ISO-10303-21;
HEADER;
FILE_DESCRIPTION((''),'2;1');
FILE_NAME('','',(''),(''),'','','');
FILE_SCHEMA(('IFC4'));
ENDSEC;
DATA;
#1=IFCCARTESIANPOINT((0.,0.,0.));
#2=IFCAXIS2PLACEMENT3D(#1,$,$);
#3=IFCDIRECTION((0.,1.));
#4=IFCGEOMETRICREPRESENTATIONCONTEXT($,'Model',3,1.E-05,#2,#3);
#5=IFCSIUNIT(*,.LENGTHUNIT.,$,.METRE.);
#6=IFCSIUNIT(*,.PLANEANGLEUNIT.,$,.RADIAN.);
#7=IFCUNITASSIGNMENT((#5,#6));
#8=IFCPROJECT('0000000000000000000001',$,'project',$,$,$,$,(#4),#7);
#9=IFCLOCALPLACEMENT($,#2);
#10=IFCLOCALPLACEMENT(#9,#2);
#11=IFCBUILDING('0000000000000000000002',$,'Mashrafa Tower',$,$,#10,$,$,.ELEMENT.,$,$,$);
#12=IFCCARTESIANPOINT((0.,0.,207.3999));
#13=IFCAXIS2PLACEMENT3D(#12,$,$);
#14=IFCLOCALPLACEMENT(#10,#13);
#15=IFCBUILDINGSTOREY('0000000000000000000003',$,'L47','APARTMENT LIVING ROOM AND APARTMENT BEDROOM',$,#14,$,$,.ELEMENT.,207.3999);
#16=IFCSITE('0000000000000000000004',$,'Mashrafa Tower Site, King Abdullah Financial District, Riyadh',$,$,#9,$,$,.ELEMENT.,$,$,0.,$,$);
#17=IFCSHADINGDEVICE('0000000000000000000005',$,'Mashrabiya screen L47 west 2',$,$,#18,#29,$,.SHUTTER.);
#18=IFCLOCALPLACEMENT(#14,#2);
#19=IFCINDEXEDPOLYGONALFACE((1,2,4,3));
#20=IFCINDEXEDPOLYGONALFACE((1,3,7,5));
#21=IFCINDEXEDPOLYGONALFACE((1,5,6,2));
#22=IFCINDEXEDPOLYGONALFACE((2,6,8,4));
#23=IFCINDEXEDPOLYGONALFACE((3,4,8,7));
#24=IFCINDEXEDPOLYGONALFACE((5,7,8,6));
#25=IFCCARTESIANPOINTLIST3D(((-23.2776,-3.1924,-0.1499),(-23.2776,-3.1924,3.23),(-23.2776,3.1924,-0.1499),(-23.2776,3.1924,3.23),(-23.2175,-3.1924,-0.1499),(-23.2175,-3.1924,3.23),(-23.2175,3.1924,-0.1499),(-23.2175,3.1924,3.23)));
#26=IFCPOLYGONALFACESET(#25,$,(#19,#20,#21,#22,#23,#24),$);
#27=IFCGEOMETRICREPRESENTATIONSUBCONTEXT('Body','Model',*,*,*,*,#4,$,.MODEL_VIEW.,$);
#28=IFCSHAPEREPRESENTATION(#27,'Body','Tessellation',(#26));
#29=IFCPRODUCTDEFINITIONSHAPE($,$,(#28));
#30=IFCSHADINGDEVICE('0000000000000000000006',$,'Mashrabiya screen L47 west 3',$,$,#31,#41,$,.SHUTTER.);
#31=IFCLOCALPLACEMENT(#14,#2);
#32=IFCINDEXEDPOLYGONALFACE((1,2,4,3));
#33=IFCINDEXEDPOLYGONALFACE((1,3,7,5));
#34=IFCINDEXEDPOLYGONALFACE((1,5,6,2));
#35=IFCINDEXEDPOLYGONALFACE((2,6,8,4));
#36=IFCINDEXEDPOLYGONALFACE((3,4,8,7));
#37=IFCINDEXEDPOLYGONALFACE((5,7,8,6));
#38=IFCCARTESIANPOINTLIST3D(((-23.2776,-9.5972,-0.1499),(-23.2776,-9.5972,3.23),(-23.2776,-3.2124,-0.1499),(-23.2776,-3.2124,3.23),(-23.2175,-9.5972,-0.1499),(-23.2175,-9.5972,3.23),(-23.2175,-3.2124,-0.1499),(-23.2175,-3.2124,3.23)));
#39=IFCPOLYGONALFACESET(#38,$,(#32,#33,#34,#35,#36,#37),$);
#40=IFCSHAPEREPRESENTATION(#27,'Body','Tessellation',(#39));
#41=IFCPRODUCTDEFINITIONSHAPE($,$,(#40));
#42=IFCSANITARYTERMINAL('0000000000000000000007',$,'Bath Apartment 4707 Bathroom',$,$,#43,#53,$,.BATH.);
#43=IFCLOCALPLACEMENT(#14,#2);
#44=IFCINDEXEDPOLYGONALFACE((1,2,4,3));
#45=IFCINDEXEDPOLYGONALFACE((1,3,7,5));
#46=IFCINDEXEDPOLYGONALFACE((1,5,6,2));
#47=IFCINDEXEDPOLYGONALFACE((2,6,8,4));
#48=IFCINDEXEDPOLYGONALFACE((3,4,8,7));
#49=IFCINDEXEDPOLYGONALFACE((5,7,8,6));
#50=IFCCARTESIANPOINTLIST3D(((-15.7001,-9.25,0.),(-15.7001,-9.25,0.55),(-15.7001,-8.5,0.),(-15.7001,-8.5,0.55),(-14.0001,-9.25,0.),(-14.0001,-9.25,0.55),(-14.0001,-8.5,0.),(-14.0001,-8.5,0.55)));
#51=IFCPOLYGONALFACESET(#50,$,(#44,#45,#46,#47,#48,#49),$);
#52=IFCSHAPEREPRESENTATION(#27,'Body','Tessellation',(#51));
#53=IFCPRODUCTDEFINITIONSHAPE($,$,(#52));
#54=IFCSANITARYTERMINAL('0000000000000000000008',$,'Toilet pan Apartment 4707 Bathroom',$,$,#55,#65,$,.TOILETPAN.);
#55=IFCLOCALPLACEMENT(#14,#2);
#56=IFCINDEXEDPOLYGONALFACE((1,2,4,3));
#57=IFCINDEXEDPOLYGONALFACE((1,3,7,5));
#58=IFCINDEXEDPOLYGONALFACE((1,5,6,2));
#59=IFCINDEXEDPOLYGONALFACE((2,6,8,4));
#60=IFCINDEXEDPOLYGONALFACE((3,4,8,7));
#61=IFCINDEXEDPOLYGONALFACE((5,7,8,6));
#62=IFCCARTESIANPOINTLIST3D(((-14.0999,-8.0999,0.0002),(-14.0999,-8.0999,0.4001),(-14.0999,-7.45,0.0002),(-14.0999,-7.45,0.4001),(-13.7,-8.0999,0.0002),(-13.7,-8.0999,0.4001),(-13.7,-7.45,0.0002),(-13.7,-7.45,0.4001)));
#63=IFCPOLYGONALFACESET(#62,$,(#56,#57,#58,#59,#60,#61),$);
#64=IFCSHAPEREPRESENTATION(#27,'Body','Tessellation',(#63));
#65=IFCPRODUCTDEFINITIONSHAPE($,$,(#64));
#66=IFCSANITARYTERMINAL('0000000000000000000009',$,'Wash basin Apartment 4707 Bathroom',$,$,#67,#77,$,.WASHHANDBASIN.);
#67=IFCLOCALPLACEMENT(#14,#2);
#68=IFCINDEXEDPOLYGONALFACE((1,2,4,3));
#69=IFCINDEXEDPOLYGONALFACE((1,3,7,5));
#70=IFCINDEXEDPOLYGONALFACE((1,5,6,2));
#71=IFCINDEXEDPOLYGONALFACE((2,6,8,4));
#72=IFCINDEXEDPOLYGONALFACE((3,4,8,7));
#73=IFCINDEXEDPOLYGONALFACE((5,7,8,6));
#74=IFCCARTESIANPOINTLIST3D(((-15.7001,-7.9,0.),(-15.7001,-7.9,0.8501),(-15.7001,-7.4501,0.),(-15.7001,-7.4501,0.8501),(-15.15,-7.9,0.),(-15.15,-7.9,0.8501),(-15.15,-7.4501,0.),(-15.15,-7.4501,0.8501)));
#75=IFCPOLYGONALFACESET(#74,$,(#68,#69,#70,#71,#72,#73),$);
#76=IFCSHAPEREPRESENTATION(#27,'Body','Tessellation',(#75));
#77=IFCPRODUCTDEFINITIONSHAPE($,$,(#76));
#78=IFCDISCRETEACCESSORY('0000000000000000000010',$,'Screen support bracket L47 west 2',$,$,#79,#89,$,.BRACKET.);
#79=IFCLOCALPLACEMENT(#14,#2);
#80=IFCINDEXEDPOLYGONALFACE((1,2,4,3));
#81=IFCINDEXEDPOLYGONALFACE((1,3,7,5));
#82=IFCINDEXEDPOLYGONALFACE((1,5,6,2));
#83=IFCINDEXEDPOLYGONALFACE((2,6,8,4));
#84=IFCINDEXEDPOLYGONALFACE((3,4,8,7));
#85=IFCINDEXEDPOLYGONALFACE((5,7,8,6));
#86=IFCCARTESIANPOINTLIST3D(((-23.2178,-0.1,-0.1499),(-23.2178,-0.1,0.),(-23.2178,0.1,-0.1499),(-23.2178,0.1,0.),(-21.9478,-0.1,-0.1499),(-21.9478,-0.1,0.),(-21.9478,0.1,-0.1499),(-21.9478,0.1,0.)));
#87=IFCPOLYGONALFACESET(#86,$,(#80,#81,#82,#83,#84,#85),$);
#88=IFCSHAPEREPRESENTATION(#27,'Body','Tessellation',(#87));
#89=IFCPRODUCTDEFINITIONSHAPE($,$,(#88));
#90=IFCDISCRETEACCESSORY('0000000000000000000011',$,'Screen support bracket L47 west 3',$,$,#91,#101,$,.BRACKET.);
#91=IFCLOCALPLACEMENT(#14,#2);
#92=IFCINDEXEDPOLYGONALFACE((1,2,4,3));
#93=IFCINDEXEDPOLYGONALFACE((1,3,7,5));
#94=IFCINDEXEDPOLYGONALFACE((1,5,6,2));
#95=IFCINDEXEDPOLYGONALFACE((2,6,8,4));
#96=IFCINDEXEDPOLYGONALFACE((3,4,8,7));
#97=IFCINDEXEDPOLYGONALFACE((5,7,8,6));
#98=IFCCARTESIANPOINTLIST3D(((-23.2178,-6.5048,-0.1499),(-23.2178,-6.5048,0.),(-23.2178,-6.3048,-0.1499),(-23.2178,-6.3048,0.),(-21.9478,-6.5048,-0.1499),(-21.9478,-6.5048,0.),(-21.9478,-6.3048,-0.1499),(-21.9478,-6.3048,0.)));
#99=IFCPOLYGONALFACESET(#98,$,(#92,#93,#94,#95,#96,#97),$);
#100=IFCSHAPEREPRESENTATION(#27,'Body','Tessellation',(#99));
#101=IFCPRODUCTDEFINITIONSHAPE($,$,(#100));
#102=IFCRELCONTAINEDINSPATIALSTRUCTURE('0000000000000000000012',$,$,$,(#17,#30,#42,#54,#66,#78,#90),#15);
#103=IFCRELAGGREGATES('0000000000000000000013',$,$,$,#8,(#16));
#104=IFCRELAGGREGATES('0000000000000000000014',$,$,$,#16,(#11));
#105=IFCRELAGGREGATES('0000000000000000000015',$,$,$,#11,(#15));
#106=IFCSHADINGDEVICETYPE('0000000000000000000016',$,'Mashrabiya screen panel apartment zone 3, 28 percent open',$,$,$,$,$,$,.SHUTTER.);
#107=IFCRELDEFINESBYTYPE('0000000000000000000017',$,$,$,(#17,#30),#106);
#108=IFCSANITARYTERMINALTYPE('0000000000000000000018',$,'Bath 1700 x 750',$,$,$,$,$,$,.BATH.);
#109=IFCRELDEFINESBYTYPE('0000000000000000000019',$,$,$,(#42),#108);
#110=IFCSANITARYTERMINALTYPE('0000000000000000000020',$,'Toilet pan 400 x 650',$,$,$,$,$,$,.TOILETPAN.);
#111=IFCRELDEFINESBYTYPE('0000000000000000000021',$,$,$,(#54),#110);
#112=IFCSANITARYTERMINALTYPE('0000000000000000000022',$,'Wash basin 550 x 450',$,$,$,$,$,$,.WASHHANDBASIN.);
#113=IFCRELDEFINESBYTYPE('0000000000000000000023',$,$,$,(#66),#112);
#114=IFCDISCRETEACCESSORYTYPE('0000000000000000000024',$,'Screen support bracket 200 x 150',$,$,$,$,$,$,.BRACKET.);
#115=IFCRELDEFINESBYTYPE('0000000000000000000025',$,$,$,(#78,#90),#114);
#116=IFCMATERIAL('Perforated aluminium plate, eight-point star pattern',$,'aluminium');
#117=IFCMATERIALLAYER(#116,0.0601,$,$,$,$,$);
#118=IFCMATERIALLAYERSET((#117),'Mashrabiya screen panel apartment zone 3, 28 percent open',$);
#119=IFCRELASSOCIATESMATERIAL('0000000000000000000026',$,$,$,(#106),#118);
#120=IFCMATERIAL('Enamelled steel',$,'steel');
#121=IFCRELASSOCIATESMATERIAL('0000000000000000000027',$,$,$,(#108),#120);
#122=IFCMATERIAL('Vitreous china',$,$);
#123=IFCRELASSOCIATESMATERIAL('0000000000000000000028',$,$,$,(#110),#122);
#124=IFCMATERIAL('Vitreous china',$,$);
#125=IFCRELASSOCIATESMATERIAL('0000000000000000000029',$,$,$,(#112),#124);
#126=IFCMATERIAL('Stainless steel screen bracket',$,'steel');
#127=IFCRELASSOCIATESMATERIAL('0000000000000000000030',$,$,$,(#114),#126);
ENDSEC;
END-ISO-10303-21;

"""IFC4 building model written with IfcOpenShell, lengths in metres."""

from ifc_helpers import new_model, si_unit, direction, frame, origin, origin_2d, place, context, subcontext, project, spatial, rectangle, extrude, source, transform, mapped, material, layer, layer_set, type_object, type_shapes, element, save


model = new_model("IFC4")

# Units and contexts
model_context = context("Model", 3, precision=1e-05, world=origin(), true_north=direction((0.0, 1.0)))
body_context = subcontext(model_context, "Body", "Model", "MODEL_VIEW")
ifc_project = project(units=[si_unit("LENGTHUNIT", "METRE"), si_unit("PLANEANGLEUNIT", "RADIAN")], contexts=[model_context])

# Site, building, storey
site_placement = place(None, origin())
site = spatial("IfcSite", under=ifc_project, at=site_placement, Name="Mashrafa Tower Site, King Abdullah Financial District, Riyadh", CompositionType="ELEMENT", RefElevation=0.0)
building_placement = place(site_placement, origin())
building = spatial("IfcBuilding", under=site, at=building_placement, Name="Mashrafa Tower", CompositionType="ELEMENT")
storey_placement = place(building_placement, frame((0.0, 0.0, 207.3999)))
storey = spatial("IfcBuildingStorey", under=building, at=storey_placement, Name="L47", Description="APARTMENT LIVING ROOM AND APARTMENT BEDROOM", CompositionType="ELEMENT", Elevation=207.3999)

# Shading devices
ifc_material_1 = material(Name="Perforated aluminium plate, eight-point star pattern", Category="aluminium")
ifc_layer_1 = layer(ifc_material_1, 0.0601)
ifc_layer_set_1 = layer_set([ifc_layer_1], Name="Mashrabiya screen panel apartment zone 3, 28 percent open")
shading_device_type = type_object("IfcShadingDeviceType", Name="Mashrabiya screen panel apartment zone 3, 28 percent open", PredefinedType="SHUTTER", material=ifc_layer_set_1)
shared_shape_1 = source(origin(), body_context, "Body", "SweptSolid", [
    extrude(rectangle(XDim=6.3848, YDim=0.0601, at=origin_2d()), origin(), (0.0, 0.0, 1.0), 3.3799),
])
type_shapes(shading_device_type, [shared_shape_1])
for number, where, z_axis, x_axis, name in (
    (1, (-23.2476, 0.0, -0.1499), (0.0, 0.0, 1.0), (0.0, -1.0, 0.0), "Mashrabiya screen L47 west 2"),
    (2, (-23.2476, -6.4048, -0.1499), (0.0, 0.0, 1.0), (0.0, -1.0, 0.0), "Mashrabiya screen L47 west 3"),
):
    element("IfcShadingDevice", number, at=place(storey_placement, frame(where, z_axis=z_axis, x_axis=x_axis)), inside=storey, type_object=shading_device_type, Name=name, PredefinedType="SHUTTER", context=body_context, shape_type="MappedRepresentation", body=[
        mapped(shared_shape_1, transform((0.0, 0.0, 0.0))),
    ])

# Sanitary terminals
ifc_material_2 = material(Name="Enamelled steel", Category="steel")
sanitary_terminal_type_1 = type_object("IfcSanitaryTerminalType", Name="Bath 1700 x 750", PredefinedType="BATH", material=ifc_material_2)
sanitary_terminal_1_placement = place(storey_placement, frame((-14.8501, -8.875, 0.0), z_axis=(0.0, 0.0, 1.0), x_axis=(1.0, 0.0, 0.0)))
element("IfcSanitaryTerminal", 3, at=sanitary_terminal_1_placement, inside=storey, type_object=sanitary_terminal_type_1, Name="Bath Apartment 4707 Bathroom", PredefinedType="BATH", context=body_context, shape_type="SweptSolid", body=[
    extrude(rectangle(XDim=1.7, YDim=0.75, at=origin_2d()), origin(), (0.0, 0.0, 1.0), 0.55),
])
ifc_material_3 = material(Name="Vitreous china")
sanitary_terminal_type_2 = type_object("IfcSanitaryTerminalType", Name="Toilet pan 400 x 650", PredefinedType="TOILETPAN", material=ifc_material_3)
sanitary_terminal_2_placement = place(storey_placement, frame((-13.8999, -7.7749, 0.0002), z_axis=(0.0, 0.0, 1.0), x_axis=(-1.0, 0.0, 0.0)))
element("IfcSanitaryTerminal", 4, at=sanitary_terminal_2_placement, inside=storey, type_object=sanitary_terminal_type_2, Name="Toilet pan Apartment 4707 Bathroom", PredefinedType="TOILETPAN", context=body_context, shape_type="SweptSolid", body=[
    extrude(rectangle(XDim=0.3999, YDim=0.6499, at=origin_2d()), origin(), (0.0, 0.0, 1.0), 0.3999),
])
ifc_material_4 = material(Name="Vitreous china")
sanitary_terminal_type_3 = type_object("IfcSanitaryTerminalType", Name="Wash basin 550 x 450", PredefinedType="WASHHANDBASIN", material=ifc_material_4)
sanitary_terminal_3_placement = place(storey_placement, frame((-15.425, -7.675, 0.0), z_axis=(0.0, 0.0, 1.0), x_axis=(-1.0, 0.0, 0.0)))
element("IfcSanitaryTerminal", 5, at=sanitary_terminal_3_placement, inside=storey, type_object=sanitary_terminal_type_3, Name="Wash basin Apartment 4707 Bathroom", PredefinedType="WASHHANDBASIN", context=body_context, shape_type="SweptSolid", body=[
    extrude(rectangle(XDim=0.55, YDim=0.45, at=origin_2d()), origin(), (0.0, 0.0, 1.0), 0.8501),
])

# Discrete accessories
ifc_material_5 = material(Name="Stainless steel screen bracket", Category="steel")
discrete_accessory_type = type_object("IfcDiscreteAccessoryType", Name="Screen support bracket 200 x 150", PredefinedType="BRACKET", material=ifc_material_5)
shared_shape_2 = source(origin(), body_context, "Body", "SweptSolid", [
    extrude(rectangle(XDim=0.2, YDim=1.27, at=origin_2d()), origin(), (0.0, 0.0, 1.0), 0.1499),
])
type_shapes(discrete_accessory_type, [shared_shape_2])
for number, where, z_axis, x_axis, name in (
    (6, (-22.5828, 0.0, -0.1499), (0.0, 0.0, 1.0), (0.0, -1.0, 0.0), "Screen support bracket L47 west 2"),
    (7, (-22.5828, -6.4048, -0.1499), (0.0, 0.0, 1.0), (0.0, -1.0, 0.0), "Screen support bracket L47 west 3"),
):
    element("IfcDiscreteAccessory", number, at=place(storey_placement, frame(where, z_axis=z_axis, x_axis=x_axis)), inside=storey, type_object=discrete_accessory_type, Name=name, PredefinedType="BRACKET", context=body_context, shape_type="MappedRepresentation", body=[
        mapped(shared_shape_2, transform((0.0, 0.0, 0.0))),
    ])

save(model, "model.ifc")
